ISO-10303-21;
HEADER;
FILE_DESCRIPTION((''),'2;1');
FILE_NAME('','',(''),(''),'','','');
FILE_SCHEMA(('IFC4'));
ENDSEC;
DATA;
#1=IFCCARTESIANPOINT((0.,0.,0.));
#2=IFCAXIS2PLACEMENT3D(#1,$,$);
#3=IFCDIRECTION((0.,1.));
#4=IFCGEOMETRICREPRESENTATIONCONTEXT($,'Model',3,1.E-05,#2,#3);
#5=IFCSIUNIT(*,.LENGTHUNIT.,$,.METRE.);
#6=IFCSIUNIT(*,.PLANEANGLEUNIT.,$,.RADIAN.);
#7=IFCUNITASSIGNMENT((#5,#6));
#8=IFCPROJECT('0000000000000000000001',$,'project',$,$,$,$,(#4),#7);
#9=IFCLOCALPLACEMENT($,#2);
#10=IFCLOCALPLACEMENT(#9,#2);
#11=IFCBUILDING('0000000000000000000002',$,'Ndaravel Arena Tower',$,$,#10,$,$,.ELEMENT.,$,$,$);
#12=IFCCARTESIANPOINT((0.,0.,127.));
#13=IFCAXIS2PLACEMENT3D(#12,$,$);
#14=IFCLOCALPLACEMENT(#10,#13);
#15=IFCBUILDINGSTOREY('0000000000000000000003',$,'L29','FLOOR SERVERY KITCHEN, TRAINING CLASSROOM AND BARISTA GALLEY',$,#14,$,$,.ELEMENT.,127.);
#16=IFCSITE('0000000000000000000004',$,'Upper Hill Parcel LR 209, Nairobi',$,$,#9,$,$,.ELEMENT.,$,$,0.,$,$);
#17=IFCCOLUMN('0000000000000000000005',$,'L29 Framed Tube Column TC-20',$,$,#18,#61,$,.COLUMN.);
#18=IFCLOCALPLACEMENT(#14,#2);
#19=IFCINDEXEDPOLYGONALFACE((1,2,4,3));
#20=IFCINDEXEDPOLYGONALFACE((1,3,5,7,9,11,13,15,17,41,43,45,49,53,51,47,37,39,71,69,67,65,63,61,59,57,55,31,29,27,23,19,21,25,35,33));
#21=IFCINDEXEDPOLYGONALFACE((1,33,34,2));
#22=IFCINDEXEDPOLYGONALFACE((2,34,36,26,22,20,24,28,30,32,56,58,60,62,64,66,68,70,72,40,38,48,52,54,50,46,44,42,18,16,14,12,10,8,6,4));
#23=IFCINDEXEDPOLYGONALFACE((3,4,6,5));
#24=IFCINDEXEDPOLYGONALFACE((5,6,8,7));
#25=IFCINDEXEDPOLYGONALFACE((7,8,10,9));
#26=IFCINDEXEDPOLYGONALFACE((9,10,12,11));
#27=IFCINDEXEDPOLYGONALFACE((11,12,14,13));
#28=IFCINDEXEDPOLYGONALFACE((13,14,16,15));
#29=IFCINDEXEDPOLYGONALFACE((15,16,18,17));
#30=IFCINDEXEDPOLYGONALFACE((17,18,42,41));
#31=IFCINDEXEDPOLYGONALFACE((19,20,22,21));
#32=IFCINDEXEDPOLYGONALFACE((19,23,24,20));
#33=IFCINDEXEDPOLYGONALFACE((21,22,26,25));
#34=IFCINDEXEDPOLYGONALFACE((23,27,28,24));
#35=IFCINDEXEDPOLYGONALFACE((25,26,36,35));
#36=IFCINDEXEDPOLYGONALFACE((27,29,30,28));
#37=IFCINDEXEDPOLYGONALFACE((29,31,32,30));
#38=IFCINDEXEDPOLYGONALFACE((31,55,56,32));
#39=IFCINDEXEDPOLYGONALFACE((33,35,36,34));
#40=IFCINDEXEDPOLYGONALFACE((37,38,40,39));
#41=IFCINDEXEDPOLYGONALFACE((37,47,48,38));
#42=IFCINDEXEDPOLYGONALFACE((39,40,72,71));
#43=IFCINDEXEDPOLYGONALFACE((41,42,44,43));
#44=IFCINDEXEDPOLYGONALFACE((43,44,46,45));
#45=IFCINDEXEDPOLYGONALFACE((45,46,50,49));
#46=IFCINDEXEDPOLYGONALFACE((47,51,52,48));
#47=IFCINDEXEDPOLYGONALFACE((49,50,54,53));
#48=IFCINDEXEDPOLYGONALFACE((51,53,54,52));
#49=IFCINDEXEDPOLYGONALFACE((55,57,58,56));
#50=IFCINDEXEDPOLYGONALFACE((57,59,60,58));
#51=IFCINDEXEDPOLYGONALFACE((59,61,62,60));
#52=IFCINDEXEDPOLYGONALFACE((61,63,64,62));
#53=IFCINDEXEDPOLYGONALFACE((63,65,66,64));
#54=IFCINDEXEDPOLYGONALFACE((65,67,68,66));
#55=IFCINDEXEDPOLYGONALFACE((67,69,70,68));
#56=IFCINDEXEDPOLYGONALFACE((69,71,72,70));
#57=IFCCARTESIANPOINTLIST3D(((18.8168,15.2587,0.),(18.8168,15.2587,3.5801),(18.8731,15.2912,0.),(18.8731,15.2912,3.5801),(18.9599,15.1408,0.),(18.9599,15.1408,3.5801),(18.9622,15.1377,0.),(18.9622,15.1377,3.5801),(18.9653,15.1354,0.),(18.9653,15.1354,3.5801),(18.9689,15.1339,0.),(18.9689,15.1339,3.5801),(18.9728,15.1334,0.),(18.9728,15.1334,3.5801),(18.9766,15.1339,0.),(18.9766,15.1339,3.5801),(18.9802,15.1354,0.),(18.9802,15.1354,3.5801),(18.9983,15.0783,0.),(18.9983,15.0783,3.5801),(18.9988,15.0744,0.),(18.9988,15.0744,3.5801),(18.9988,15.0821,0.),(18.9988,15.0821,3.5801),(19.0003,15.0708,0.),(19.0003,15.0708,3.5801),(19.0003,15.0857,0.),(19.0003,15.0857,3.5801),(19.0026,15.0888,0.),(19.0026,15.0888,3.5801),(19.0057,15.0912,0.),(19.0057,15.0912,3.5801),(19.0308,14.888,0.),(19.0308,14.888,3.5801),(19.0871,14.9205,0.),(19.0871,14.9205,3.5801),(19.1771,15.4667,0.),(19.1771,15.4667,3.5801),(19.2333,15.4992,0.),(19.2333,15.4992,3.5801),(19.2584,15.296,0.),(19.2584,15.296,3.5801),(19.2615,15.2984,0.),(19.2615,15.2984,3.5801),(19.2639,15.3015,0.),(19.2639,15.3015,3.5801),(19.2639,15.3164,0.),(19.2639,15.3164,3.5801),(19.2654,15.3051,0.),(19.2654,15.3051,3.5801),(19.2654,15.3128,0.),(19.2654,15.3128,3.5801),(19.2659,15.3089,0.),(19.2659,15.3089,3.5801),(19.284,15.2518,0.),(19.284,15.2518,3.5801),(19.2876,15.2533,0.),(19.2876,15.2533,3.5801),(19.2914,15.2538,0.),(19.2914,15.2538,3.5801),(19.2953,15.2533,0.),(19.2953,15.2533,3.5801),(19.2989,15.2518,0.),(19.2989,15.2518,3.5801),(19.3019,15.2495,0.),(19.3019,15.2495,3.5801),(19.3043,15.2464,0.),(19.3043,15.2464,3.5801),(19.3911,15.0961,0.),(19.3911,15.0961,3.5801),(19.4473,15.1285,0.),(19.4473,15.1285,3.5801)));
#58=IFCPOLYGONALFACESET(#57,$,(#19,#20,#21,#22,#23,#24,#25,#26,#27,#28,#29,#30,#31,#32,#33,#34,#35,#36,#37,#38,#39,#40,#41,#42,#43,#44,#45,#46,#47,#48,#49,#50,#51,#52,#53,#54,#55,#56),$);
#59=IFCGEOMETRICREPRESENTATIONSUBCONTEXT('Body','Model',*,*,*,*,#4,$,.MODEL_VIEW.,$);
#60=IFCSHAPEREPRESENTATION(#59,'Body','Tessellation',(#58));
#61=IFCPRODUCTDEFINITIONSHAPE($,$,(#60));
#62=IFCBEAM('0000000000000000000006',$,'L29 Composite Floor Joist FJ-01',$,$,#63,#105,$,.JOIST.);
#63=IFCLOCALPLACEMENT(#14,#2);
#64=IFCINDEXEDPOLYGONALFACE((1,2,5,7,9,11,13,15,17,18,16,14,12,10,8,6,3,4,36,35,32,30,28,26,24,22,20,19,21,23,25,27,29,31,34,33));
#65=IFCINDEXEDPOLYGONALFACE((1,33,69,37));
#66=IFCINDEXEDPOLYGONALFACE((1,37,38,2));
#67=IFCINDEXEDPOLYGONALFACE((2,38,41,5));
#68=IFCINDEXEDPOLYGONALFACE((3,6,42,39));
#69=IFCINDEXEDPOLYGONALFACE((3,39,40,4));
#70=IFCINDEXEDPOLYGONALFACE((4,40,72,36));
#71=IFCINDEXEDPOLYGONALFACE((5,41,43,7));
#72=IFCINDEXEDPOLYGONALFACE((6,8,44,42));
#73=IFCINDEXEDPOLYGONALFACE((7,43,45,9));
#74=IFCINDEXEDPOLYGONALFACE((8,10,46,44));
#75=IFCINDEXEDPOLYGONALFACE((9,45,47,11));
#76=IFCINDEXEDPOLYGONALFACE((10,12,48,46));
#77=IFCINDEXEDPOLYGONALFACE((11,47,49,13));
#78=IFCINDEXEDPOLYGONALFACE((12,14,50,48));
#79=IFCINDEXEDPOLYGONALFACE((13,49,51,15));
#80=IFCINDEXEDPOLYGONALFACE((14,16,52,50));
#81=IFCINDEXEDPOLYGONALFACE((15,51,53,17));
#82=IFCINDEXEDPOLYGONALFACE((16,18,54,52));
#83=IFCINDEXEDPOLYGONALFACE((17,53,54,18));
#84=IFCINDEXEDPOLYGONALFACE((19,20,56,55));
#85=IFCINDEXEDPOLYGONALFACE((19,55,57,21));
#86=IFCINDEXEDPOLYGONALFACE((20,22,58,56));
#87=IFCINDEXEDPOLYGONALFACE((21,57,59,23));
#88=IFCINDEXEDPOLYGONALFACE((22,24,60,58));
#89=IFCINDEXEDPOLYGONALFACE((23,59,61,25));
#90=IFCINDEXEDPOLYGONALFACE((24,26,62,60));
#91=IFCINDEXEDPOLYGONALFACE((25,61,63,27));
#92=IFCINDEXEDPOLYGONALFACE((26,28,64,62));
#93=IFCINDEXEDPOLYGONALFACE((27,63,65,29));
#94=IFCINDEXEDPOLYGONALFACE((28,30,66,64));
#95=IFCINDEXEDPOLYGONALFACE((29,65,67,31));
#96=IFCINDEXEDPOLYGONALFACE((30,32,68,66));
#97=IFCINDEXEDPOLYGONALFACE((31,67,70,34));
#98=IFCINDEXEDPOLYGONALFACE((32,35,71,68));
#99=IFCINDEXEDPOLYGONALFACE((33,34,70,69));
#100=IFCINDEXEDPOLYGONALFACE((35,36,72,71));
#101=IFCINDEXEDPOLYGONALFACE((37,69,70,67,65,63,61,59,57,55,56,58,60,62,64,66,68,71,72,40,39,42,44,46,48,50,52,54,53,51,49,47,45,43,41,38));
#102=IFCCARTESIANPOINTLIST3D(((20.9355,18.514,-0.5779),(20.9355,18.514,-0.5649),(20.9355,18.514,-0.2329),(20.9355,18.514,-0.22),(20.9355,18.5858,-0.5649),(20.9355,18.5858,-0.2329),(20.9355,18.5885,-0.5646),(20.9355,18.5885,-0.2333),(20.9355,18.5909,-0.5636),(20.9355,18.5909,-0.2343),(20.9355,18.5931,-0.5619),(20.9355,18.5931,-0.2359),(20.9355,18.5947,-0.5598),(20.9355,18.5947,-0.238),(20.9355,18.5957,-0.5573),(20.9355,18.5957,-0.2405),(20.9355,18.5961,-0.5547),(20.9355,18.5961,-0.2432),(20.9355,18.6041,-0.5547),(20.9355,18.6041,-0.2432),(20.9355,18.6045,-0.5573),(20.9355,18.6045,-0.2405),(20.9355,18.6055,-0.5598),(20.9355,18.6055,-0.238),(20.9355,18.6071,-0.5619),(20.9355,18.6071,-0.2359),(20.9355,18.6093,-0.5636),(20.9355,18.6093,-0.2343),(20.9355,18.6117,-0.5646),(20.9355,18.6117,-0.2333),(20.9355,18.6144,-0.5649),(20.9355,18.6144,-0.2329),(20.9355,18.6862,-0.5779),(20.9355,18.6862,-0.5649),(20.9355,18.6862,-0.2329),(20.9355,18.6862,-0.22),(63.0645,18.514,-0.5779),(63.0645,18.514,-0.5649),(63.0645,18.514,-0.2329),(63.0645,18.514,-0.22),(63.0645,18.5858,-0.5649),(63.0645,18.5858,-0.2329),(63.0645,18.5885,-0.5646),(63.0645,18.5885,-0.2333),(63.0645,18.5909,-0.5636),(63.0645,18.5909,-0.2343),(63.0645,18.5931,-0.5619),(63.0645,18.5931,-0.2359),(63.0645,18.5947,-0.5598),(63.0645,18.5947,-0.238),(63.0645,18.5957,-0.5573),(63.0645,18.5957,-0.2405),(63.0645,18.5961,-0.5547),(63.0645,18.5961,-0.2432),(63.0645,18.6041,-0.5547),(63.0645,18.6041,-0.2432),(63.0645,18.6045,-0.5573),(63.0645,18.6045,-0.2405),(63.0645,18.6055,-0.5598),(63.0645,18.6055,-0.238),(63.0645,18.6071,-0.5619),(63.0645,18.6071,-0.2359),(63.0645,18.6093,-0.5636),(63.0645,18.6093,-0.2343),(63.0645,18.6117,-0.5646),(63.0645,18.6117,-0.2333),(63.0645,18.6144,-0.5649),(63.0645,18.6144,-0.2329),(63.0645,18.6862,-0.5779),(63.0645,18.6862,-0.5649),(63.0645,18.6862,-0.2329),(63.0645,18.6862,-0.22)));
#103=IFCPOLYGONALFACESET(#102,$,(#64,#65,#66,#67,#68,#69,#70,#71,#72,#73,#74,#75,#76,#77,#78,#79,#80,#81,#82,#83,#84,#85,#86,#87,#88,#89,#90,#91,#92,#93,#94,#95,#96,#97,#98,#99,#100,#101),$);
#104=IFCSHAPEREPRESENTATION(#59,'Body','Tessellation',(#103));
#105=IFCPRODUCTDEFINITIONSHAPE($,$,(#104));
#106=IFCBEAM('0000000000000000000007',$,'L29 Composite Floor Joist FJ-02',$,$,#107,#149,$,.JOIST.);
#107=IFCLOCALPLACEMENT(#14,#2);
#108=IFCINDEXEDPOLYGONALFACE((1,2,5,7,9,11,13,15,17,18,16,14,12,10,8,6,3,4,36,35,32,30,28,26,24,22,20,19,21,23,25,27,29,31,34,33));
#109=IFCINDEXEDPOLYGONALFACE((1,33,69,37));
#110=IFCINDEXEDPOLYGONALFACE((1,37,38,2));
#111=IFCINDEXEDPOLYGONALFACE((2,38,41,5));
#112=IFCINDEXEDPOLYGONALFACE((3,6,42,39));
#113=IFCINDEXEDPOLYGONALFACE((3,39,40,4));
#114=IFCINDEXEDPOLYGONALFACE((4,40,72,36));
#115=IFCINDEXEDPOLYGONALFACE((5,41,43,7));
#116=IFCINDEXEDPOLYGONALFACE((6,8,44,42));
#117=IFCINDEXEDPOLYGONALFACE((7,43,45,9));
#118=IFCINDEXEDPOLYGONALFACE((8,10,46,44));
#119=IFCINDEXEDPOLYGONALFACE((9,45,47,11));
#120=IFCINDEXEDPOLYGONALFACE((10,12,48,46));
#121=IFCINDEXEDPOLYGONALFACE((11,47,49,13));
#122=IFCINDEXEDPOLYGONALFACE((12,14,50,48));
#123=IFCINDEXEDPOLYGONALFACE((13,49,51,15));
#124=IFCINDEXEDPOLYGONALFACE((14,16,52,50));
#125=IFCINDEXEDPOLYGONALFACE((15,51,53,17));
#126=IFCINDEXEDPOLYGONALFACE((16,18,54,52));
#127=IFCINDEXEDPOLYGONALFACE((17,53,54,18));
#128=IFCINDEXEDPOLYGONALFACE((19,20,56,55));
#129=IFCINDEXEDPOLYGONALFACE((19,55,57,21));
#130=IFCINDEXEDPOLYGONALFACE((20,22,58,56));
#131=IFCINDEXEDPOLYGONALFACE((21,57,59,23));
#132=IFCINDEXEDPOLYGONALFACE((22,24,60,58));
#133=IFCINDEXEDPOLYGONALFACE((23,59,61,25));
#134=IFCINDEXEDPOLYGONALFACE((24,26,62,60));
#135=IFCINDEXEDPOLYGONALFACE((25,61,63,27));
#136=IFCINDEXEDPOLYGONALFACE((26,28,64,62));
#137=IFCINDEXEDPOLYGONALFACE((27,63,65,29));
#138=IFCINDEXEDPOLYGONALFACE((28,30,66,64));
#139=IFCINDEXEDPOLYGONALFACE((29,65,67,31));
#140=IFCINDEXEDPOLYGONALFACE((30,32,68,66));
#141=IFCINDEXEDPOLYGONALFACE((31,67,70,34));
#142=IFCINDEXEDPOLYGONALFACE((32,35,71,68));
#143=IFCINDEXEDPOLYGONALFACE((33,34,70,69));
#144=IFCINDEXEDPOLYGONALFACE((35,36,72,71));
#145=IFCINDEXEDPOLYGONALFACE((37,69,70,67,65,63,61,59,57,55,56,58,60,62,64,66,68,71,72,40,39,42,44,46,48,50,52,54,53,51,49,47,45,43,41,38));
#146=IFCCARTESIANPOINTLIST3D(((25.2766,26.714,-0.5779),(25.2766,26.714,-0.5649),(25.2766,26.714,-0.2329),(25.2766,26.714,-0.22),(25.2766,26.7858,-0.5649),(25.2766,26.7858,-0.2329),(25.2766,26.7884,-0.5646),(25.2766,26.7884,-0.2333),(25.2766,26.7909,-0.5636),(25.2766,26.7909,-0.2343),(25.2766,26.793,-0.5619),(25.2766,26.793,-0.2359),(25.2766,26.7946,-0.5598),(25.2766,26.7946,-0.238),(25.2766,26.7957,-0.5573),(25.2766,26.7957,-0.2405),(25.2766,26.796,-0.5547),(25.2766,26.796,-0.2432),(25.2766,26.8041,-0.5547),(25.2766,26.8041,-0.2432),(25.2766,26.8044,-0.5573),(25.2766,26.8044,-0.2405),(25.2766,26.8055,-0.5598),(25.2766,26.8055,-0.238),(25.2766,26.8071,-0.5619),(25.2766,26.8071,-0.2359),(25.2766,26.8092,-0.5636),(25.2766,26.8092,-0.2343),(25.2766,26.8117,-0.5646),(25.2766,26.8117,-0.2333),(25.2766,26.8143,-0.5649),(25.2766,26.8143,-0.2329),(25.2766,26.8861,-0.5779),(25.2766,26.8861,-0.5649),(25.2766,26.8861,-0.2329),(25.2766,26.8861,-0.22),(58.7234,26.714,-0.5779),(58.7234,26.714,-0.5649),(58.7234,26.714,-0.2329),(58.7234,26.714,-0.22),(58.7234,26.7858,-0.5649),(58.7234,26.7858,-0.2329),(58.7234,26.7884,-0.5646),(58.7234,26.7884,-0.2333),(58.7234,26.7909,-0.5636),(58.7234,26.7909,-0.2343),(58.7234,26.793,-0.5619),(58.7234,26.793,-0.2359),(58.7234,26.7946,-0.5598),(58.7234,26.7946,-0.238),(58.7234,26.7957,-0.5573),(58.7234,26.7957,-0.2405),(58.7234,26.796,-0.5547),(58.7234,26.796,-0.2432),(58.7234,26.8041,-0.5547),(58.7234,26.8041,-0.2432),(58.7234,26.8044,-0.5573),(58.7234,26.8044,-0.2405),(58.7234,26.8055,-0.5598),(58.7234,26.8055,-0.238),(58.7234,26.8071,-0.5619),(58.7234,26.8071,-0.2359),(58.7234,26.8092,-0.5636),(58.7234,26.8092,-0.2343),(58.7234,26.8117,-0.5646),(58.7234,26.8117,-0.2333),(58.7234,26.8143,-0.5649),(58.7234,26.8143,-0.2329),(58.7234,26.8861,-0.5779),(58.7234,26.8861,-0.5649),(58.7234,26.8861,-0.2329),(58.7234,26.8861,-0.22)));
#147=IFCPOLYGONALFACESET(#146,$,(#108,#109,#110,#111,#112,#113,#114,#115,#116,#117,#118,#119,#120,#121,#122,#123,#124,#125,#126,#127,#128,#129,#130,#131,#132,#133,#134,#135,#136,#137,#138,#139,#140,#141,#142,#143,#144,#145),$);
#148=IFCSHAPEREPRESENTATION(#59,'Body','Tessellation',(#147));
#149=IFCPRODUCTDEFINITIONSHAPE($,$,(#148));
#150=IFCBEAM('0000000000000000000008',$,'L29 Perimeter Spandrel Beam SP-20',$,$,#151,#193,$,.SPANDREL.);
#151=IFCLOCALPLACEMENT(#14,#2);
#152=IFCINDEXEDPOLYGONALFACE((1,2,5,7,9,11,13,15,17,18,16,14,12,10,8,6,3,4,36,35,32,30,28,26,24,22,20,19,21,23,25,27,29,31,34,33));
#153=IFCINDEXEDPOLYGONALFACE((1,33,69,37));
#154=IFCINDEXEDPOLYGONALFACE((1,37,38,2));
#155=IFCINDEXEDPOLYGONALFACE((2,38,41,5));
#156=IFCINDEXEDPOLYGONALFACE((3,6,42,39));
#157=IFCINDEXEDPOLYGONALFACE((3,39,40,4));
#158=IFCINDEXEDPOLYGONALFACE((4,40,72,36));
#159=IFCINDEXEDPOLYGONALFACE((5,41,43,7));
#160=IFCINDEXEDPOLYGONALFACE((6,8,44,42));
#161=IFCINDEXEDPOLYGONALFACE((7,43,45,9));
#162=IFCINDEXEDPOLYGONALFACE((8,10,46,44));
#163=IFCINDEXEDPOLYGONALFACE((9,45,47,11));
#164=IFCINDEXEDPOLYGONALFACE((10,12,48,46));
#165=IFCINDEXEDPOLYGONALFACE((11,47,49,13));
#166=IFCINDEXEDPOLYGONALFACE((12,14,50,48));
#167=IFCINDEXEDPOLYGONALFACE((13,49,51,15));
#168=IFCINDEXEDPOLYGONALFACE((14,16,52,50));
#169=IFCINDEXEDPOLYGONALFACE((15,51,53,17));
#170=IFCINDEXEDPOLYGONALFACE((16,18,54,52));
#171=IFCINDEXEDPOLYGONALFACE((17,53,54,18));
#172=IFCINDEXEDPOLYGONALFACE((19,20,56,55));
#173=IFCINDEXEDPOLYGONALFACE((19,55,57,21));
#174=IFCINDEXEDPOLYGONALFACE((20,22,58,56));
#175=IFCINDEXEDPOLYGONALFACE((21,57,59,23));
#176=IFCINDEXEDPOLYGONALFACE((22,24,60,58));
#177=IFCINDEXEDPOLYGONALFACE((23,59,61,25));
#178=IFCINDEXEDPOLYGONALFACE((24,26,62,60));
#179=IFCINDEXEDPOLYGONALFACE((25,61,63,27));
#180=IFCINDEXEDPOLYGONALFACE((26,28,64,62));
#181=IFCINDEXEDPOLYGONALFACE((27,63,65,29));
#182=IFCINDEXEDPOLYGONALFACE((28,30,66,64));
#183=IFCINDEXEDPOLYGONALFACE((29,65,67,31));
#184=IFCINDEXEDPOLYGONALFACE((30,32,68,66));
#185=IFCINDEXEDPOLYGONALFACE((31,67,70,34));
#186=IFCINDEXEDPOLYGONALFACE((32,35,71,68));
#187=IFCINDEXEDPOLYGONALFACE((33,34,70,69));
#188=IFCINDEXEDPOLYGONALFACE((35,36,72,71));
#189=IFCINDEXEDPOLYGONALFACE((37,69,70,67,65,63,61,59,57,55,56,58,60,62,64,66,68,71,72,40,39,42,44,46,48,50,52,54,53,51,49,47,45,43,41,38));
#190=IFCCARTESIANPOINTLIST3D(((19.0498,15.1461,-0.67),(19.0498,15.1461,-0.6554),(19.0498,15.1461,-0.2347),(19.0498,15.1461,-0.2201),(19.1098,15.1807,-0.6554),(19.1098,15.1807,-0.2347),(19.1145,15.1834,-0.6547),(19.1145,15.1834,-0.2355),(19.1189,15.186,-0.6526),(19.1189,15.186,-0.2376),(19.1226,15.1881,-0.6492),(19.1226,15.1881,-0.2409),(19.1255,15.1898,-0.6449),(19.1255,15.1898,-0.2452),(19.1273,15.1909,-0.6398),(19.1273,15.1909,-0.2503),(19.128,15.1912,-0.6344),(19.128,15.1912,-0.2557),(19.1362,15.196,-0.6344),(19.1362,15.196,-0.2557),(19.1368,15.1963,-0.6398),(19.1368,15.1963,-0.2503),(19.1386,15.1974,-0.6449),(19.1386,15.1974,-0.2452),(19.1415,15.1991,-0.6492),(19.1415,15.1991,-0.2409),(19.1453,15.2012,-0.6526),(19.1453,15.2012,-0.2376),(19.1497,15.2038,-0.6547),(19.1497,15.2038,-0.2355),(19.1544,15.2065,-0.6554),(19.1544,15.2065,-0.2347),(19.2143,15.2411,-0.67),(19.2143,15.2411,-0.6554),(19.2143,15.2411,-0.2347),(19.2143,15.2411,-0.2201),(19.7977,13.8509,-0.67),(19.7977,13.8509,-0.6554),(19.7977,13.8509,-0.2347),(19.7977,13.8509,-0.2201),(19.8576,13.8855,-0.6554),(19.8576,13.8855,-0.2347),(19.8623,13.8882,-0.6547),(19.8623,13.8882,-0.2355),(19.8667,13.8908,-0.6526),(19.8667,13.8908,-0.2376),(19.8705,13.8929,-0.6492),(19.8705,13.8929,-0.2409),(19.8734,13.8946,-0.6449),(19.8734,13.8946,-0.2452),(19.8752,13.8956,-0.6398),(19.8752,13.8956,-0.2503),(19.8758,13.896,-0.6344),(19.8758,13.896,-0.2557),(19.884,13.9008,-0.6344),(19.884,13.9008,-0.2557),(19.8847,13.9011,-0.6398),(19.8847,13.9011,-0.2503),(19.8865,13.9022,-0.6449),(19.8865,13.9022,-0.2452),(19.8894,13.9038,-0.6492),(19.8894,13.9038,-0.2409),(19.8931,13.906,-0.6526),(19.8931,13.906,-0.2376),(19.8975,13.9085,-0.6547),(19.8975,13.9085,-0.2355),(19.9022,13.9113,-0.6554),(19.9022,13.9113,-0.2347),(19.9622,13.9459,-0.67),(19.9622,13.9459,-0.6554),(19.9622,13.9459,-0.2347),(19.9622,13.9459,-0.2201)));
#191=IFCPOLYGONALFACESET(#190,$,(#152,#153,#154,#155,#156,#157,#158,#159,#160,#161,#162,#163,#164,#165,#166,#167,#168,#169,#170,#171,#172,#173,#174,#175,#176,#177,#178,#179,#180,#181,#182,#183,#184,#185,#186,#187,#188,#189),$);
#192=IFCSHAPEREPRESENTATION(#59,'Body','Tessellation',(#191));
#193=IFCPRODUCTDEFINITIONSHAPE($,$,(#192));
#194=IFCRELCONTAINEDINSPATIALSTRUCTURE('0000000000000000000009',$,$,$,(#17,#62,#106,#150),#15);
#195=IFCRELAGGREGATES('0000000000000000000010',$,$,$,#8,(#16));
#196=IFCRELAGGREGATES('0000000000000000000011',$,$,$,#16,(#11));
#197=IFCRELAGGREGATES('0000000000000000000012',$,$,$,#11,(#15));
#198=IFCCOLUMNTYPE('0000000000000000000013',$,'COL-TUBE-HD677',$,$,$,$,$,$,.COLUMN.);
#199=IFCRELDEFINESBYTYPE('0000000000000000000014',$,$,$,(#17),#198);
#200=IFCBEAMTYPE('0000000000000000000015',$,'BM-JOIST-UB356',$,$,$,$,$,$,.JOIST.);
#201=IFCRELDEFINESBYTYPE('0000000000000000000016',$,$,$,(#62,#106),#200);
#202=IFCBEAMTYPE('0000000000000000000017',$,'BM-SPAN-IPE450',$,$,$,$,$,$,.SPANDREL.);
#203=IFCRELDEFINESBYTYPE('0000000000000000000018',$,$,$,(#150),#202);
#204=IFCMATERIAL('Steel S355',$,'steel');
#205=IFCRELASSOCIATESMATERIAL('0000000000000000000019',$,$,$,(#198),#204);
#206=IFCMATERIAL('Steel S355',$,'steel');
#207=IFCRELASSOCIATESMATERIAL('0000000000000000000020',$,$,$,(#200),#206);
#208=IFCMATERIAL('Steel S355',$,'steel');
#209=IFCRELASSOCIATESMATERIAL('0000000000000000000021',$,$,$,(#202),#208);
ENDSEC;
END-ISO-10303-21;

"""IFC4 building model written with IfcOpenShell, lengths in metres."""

from ifc_helpers import new_model, si_unit, direction, frame, origin, origin_2d, place, context, subcontext, project, spatial, i_section, extrude, material, material_profile, profile_set, type_object, element, save


model = new_model("IFC4")

# Units and contexts
model_context = context("Model", 3, precision=1e-05, world=origin(), true_north=direction((0.0, 1.0)))
body_context = subcontext(model_context, "Body", "Model", "MODEL_VIEW")
ifc_project = project(units=[si_unit("LENGTHUNIT", "METRE"), si_unit("PLANEANGLEUNIT", "RADIAN")], contexts=[model_context])

# Site, building, storey
site_placement = place(None, origin())
site = spatial("IfcSite", under=ifc_project, at=site_placement, Name="Upper Hill Parcel LR 209, Nairobi", CompositionType="ELEMENT", RefElevation=0.0)
building_placement = place(site_placement, origin())
building = spatial("IfcBuilding", under=site, at=building_placement, Name="Ndaravel Arena Tower", CompositionType="ELEMENT")
storey_placement = place(building_placement, frame((0.0, 0.0, 127.0)))
storey = spatial("IfcBuildingStorey", under=building, at=storey_placement, Name="L29", Description="FLOOR SERVERY KITCHEN, TRAINING CLASSROOM AND BARISTA GALLEY", CompositionType="ELEMENT", Elevation=127.0)

# Column
ifc_material_1 = material(Name="Steel S355", Category="steel")
ifc_material_profile_1 = material_profile(ifc_material_1, i_section(OverallWidth=0.428, OverallDepth=0.481, WebThickness=0.051, FlangeThickness=0.0649, FilletRadius=0.0149, at=origin_2d()), Name="HD 400x677")
ifc_profile_set_1 = profile_set([ifc_material_profile_1], Name="Steel S355")
column_type = type_object("IfcColumnType", Name="COL-TUBE-HD677", PredefinedType="COLUMN", material=ifc_profile_set_1)
column_placement = place(storey_placement, frame((19.1321, 15.1936, 0.0), z_axis=(0.0, 0.0, 1.0), x_axis=(-0.5, 0.866025, 0.0)))
element("IfcColumn", 1, at=column_placement, inside=storey, type_object=column_type, Name="L29 Framed Tube Column TC-20", PredefinedType="COLUMN", context=body_context, shape_type="SweptSolid", body=[
    extrude(i_section(OverallWidth=0.428, OverallDepth=0.481, WebThickness=0.051, FlangeThickness=0.0649, FilletRadius=0.0149, at=origin_2d()), origin(), (0.0, 0.0, 1.0), 3.5801),
])

# Beams
ifc_material_2 = material(Name="Steel S355", Category="steel")
ifc_material_profile_2 = material_profile(ifc_material_2, i_section(OverallWidth=0.1721, OverallDepth=0.3579, WebThickness=0.0081, FlangeThickness=0.0129, FilletRadius=0.0103, at=origin_2d()), Name="UB 356x171x57")
ifc_profile_set_2 = profile_set([ifc_material_profile_2], Name="Steel S355")
beam_type_1 = type_object("IfcBeamType", Name="BM-JOIST-UB356", PredefinedType="JOIST", material=ifc_profile_set_2)
beam_1_placement = place(storey_placement, frame((20.9355, 18.6001, -0.3989), z_axis=(1.0, 0.0, 0.0), x_axis=(0.0, 1.0, 0.0)))
element("IfcBeam", 2, at=beam_1_placement, inside=storey, type_object=beam_type_1, Name="L29 Composite Floor Joist FJ-01", PredefinedType="JOIST", context=body_context, shape_type="SweptSolid", body=[
    extrude(i_section(OverallWidth=0.1721, OverallDepth=0.3579, WebThickness=0.0081, FlangeThickness=0.0129, FilletRadius=0.0103, at=origin_2d()), origin(), (0.0, 0.0, 1.0), 42.1289),
])
beam_2_placement = place(storey_placement, frame((25.2766, 26.8, -0.3989), z_axis=(1.0, 0.0, 0.0), x_axis=(0.0, 1.0, 0.0)))
element("IfcBeam", 3, at=beam_2_placement, inside=storey, type_object=beam_type_1, Name="L29 Composite Floor Joist FJ-02", PredefinedType="JOIST", context=body_context, shape_type="SweptSolid", body=[
    extrude(i_section(OverallWidth=0.1721, OverallDepth=0.3579, WebThickness=0.0081, FlangeThickness=0.0129, FilletRadius=0.0103, at=origin_2d()), origin(), (0.0, 0.0, 1.0), 33.4468),
])
ifc_material_3 = material(Name="Steel S355", Category="steel")
ifc_material_profile_3 = material_profile(ifc_material_3, i_section(OverallWidth=0.1899, OverallDepth=0.45, WebThickness=0.0095, FlangeThickness=0.0146, FilletRadius=0.021, at=origin_2d()), Name="IPE 450")
ifc_profile_set_3 = profile_set([ifc_material_profile_3], Name="Steel S355")
beam_type_2 = type_object("IfcBeamType", Name="BM-SPAN-IPE450", PredefinedType="SPANDREL", material=ifc_profile_set_3)
beam_3_placement = place(storey_placement, frame((19.1321, 15.1936, -0.4451), z_axis=(0.500019, -0.866014, 0.0), x_axis=(0.866014, 0.500019, 0.0)))
element("IfcBeam", 4, at=beam_3_placement, inside=storey, type_object=beam_type_2, Name="L29 Perimeter Spandrel Beam SP-20", PredefinedType="SPANDREL", context=body_context, shape_type="SweptSolid", body=[
    extrude(i_section(OverallWidth=0.1899, OverallDepth=0.45, WebThickness=0.0095, FlangeThickness=0.0146, FilletRadius=0.021, at=origin_2d()), origin(), (0.0, 0.0, 1.0), 1.4956),
])

save(model, "model.ifc")
